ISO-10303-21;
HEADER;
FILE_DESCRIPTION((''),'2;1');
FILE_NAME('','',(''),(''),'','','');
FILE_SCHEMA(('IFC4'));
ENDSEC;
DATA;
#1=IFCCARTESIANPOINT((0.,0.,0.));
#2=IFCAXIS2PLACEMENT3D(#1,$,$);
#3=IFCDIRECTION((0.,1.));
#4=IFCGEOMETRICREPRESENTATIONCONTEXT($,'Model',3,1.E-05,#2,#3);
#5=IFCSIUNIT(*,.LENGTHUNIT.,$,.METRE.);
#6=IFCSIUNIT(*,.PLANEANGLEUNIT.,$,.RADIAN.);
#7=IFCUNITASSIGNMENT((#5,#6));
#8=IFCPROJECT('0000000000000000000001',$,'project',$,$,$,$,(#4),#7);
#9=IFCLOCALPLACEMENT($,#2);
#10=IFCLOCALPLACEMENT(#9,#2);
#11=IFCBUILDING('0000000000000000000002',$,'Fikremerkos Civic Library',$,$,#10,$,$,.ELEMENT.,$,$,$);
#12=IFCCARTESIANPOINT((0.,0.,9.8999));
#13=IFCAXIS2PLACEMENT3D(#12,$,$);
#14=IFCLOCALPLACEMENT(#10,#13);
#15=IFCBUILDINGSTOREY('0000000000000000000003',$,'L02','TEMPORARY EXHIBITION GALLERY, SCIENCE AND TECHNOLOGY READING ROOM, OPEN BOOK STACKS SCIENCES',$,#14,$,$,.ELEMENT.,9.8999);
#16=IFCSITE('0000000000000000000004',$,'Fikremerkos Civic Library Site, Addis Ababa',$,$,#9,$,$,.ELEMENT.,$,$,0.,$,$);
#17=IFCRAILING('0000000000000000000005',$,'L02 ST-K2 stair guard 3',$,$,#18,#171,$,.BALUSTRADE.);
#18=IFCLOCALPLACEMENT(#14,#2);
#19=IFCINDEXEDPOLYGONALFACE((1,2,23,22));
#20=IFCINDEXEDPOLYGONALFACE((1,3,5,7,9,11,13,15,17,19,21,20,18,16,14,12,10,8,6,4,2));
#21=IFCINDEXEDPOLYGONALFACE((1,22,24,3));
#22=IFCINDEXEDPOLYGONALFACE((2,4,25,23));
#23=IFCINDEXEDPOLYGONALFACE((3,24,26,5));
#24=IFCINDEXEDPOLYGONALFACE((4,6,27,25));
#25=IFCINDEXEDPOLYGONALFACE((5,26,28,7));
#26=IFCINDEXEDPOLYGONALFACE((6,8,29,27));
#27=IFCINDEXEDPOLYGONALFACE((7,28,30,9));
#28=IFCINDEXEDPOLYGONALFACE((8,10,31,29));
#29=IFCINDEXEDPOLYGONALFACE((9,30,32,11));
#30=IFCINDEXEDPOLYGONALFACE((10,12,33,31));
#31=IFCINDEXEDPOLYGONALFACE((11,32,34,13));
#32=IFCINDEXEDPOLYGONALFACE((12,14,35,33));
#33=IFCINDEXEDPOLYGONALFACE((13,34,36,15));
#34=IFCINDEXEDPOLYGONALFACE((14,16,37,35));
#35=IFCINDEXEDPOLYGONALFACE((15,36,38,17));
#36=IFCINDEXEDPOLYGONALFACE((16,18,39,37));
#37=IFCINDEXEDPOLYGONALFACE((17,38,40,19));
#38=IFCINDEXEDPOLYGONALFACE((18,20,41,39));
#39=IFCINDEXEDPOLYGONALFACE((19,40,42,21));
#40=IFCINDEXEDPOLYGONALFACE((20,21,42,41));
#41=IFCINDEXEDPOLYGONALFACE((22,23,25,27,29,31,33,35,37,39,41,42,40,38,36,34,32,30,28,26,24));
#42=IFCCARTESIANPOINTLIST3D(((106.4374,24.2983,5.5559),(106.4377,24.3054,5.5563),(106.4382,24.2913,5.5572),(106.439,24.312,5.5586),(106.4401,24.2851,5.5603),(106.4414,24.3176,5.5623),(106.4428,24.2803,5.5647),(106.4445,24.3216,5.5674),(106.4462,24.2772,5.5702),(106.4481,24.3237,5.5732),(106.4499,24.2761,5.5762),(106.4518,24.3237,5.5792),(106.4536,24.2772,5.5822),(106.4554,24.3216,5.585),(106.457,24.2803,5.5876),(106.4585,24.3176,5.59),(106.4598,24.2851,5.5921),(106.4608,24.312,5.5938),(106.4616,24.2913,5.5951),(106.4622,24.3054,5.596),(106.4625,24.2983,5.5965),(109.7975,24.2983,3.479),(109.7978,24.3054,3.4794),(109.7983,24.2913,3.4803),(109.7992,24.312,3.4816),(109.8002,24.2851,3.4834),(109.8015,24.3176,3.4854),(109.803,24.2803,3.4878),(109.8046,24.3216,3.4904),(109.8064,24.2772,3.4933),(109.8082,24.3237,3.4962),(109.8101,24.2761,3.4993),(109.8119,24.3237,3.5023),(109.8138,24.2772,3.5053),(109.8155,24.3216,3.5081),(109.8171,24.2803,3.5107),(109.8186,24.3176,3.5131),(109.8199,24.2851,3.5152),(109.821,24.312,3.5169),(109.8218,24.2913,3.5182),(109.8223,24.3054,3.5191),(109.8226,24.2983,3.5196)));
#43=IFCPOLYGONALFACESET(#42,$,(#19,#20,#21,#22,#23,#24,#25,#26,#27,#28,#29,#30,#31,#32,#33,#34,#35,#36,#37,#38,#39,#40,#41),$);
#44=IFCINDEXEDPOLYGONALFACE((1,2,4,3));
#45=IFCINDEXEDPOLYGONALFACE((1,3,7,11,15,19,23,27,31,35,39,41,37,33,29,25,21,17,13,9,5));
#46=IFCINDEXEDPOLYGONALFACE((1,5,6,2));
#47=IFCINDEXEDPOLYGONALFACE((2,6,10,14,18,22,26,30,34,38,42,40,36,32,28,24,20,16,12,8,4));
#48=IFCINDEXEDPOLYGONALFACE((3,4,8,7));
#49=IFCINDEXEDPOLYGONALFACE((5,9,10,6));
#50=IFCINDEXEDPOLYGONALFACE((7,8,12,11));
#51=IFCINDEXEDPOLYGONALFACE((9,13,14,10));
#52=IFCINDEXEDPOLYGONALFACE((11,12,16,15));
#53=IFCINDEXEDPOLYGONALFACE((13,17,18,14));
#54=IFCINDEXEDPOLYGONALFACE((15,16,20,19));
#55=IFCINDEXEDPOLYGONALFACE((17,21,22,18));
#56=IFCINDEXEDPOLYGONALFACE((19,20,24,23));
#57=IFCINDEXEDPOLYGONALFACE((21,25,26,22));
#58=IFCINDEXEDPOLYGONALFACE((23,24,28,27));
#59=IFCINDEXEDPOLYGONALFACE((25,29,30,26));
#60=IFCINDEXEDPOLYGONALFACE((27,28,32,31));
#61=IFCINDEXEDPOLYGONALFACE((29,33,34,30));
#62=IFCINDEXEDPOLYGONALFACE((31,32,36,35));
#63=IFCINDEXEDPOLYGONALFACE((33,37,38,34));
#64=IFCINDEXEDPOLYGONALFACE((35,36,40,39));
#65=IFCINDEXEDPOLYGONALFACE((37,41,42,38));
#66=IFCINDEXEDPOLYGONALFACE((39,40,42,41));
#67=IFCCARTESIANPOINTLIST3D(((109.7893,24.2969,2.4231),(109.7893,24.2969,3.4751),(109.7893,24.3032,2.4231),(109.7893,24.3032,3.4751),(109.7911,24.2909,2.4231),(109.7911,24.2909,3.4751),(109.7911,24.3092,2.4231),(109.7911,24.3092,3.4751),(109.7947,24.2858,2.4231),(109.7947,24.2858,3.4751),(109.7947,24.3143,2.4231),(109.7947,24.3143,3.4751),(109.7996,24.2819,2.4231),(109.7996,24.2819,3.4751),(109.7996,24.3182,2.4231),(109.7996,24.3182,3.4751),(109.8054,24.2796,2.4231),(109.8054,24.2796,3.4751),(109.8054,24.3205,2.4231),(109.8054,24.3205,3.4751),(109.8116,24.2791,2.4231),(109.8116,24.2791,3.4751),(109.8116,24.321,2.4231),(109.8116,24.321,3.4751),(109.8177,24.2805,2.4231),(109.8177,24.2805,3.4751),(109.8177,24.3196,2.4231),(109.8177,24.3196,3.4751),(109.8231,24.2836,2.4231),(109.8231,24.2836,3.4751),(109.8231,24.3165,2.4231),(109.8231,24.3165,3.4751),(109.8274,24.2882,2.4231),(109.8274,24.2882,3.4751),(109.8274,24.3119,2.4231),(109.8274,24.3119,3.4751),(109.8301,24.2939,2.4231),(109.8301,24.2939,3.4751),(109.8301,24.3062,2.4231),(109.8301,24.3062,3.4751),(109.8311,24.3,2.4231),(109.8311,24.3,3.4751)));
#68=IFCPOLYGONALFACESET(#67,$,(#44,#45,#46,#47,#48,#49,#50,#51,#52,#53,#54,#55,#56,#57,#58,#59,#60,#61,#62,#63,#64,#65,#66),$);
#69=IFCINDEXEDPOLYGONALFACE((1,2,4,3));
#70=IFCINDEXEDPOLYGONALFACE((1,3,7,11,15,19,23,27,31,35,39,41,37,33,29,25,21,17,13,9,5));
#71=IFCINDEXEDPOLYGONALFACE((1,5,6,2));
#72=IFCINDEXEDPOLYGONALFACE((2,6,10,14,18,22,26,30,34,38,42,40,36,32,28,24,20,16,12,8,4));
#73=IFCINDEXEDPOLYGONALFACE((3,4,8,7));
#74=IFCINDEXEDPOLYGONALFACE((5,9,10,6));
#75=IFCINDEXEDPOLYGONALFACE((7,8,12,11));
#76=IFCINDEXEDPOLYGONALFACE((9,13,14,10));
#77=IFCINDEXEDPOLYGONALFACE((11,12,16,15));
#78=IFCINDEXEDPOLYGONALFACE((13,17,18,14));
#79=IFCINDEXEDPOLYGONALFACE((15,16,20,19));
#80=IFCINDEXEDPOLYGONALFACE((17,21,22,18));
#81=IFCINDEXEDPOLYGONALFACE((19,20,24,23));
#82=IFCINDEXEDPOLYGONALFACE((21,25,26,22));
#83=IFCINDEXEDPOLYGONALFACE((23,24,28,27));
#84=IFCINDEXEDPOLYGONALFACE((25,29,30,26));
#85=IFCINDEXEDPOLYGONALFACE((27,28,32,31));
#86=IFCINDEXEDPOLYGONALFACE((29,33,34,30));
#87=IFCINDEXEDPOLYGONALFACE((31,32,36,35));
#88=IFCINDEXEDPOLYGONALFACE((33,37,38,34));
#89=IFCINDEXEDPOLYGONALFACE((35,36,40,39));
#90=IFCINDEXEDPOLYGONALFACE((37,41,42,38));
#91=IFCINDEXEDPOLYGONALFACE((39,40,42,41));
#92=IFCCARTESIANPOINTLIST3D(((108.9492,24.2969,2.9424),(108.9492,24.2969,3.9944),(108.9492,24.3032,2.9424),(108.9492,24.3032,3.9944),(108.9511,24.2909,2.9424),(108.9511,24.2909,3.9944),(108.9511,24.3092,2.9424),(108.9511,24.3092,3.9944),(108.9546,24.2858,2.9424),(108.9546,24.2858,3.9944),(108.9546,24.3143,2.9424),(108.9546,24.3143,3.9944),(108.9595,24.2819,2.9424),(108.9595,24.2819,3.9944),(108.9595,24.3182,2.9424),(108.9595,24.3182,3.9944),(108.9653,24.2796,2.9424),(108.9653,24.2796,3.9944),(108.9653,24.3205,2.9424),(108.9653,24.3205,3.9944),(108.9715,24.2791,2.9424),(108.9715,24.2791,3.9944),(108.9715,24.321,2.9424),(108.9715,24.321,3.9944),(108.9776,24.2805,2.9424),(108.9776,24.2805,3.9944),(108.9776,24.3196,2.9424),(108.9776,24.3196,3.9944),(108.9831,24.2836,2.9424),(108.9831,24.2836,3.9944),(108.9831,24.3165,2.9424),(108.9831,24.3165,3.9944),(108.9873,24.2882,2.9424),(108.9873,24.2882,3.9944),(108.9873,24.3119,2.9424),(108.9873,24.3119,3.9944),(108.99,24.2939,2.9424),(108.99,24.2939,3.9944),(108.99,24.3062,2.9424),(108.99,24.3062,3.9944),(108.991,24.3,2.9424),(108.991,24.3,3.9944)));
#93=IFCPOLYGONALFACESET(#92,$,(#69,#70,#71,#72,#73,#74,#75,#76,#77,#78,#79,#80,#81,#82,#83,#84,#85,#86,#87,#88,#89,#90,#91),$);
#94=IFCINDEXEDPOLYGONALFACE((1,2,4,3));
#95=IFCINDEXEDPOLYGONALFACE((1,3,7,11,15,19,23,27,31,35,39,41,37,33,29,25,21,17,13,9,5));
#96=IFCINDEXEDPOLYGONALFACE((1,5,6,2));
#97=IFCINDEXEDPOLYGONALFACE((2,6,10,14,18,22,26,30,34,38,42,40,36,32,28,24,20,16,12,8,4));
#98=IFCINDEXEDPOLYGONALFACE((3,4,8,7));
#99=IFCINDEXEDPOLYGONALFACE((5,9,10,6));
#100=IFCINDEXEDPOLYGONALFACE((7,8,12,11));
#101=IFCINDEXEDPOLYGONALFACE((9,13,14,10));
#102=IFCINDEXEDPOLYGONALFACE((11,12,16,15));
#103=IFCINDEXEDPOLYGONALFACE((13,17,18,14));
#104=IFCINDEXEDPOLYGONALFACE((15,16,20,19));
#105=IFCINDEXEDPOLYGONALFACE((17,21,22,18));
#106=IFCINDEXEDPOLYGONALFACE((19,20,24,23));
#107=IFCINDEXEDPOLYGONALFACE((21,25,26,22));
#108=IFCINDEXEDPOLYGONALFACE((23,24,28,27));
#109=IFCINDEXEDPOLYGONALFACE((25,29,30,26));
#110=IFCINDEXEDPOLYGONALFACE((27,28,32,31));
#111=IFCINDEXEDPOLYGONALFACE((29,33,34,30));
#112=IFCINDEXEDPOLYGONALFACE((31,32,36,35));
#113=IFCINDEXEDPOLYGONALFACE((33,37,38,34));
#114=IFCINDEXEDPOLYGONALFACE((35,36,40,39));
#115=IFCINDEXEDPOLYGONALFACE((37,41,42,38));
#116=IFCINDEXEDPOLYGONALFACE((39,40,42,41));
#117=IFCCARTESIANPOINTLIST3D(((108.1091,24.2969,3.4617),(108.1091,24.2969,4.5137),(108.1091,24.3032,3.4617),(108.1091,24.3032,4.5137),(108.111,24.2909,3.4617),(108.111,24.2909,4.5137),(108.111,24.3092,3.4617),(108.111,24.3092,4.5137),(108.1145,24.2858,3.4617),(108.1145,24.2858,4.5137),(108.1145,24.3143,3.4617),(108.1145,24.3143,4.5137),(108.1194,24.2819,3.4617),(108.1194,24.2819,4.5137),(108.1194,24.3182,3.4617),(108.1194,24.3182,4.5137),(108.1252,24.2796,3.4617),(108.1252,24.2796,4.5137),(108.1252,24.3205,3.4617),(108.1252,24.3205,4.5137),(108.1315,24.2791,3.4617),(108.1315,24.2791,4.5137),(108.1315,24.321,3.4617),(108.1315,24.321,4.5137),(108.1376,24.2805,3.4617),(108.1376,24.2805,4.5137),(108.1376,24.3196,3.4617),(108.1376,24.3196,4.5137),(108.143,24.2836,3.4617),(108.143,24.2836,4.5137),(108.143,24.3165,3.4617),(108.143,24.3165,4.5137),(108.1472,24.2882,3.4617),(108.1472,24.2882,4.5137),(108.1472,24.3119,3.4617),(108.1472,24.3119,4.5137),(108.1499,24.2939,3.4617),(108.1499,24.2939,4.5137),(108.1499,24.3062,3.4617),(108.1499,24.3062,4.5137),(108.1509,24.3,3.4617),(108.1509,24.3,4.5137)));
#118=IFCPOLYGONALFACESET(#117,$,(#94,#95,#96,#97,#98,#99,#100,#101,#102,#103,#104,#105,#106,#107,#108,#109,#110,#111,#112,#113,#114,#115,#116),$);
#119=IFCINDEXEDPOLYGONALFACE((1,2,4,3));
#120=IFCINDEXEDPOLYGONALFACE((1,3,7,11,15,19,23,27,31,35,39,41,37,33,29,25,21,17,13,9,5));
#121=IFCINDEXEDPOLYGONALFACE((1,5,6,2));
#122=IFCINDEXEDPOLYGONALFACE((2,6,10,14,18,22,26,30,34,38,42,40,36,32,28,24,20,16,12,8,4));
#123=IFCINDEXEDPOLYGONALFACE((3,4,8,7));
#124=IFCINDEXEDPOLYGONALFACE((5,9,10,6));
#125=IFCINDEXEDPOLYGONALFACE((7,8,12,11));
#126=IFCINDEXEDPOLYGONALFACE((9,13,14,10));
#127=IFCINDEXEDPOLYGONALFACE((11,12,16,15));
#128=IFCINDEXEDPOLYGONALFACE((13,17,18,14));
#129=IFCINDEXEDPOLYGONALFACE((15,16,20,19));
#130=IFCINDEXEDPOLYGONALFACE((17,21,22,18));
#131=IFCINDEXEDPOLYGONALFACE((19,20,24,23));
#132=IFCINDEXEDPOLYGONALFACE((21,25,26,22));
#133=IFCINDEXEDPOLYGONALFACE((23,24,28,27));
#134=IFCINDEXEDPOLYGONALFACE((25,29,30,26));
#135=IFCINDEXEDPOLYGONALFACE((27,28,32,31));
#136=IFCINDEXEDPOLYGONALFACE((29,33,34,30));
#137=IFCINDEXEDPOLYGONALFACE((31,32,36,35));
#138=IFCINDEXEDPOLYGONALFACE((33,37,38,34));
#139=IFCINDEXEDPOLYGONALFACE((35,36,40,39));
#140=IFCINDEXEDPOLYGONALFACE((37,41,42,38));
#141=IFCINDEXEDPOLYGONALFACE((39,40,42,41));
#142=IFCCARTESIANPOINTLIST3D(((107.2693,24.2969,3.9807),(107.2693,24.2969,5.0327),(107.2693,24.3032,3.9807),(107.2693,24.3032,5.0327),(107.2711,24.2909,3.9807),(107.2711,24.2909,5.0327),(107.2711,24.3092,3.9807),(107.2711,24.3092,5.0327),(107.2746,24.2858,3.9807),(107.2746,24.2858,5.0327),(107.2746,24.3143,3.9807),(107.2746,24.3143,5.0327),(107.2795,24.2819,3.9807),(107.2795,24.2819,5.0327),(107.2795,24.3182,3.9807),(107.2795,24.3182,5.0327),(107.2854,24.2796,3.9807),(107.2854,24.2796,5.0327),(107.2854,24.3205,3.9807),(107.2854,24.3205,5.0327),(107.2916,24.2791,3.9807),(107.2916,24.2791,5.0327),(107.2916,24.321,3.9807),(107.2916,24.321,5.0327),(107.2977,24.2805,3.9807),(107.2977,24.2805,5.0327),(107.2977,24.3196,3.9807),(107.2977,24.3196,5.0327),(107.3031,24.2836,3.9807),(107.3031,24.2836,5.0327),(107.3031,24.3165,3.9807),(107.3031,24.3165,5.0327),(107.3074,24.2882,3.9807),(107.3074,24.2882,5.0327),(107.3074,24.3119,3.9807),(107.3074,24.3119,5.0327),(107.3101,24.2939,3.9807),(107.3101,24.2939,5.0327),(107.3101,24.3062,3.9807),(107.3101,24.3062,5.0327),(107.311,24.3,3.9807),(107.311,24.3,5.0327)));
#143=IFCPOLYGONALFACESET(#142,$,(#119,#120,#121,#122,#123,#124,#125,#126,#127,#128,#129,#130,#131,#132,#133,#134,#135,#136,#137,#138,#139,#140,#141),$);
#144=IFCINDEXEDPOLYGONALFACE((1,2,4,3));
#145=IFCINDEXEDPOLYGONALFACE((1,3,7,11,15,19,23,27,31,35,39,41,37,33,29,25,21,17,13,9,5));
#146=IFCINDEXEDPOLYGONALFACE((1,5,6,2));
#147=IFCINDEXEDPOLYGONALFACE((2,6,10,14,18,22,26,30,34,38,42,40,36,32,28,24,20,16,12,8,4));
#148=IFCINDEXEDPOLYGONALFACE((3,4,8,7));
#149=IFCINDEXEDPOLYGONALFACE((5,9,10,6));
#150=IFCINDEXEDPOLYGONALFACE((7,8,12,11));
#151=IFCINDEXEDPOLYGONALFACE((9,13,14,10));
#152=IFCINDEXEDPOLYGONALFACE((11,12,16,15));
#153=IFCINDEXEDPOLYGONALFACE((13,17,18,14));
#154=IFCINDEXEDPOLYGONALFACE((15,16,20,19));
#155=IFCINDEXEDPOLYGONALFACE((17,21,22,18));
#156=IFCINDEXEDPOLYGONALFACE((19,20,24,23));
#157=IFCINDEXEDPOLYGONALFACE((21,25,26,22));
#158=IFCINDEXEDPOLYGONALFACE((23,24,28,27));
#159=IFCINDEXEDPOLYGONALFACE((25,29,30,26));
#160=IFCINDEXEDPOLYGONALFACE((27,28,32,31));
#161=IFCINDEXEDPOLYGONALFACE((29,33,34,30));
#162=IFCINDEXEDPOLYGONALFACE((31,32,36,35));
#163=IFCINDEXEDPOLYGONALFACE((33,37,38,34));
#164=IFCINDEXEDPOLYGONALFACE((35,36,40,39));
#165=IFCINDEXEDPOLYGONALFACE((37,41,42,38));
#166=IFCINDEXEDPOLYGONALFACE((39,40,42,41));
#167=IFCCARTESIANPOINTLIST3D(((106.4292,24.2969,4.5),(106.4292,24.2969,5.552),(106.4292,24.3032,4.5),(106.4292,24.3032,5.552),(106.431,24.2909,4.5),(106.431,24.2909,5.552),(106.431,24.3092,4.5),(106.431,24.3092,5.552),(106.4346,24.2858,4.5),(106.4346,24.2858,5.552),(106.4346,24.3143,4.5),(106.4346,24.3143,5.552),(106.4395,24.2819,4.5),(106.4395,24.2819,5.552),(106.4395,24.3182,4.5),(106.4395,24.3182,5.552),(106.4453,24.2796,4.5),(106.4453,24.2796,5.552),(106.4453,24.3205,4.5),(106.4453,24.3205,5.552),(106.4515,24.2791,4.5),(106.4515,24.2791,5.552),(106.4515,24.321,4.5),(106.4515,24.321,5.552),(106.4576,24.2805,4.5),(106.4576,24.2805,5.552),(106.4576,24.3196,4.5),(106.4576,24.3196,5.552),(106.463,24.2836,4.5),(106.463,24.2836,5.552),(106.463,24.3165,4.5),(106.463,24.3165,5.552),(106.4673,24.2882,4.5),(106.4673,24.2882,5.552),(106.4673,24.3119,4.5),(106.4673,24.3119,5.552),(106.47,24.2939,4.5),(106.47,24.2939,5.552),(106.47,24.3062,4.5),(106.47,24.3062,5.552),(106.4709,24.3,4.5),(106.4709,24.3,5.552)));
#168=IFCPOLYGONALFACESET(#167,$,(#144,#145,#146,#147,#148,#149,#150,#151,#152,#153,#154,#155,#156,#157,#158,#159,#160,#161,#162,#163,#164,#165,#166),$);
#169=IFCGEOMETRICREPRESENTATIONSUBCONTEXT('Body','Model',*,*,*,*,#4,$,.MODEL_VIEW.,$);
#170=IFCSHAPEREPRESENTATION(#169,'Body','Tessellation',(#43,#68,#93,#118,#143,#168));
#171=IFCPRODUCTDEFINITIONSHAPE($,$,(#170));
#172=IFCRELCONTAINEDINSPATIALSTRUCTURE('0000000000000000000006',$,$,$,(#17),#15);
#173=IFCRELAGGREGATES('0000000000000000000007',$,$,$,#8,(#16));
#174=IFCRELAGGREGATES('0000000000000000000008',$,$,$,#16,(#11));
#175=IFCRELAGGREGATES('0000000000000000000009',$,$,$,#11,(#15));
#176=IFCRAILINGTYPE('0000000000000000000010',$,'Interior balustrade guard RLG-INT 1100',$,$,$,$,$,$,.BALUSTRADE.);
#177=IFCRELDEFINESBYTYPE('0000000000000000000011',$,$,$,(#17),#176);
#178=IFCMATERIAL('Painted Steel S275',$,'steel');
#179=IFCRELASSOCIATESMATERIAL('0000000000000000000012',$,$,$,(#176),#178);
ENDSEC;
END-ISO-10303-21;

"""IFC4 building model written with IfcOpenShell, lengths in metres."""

from ifc_helpers import new_model, si_unit, direction, frame, origin, origin_2d, place, context, subcontext, project, spatial, circle, extrude, material, type_object, element, save


model = new_model("IFC4")

# Units and contexts
model_context = context("Model", 3, precision=1e-05, world=origin(), true_north=direction((0.0, 1.0)))
body_context = subcontext(model_context, "Body", "Model", "MODEL_VIEW")
ifc_project = project(units=[si_unit("LENGTHUNIT", "METRE"), si_unit("PLANEANGLEUNIT", "RADIAN")], contexts=[model_context])

# Site, building, storey
site_placement = place(None, origin())
site = spatial("IfcSite", under=ifc_project, at=site_placement, Name="Fikremerkos Civic Library Site, Addis Ababa", CompositionType="ELEMENT", RefElevation=0.0)
building_placement = place(site_placement, origin())
building = spatial("IfcBuilding", under=site, at=building_placement, Name="Fikremerkos Civic Library", CompositionType="ELEMENT")
storey_placement = place(building_placement, frame((0.0, 0.0, 9.8999)))
storey = spatial("IfcBuildingStorey", under=building, at=storey_placement, Name="L02", Description="TEMPORARY EXHIBITION GALLERY, SCIENCE AND TECHNOLOGY READING ROOM, OPEN BOOK STACKS SCIENCES", CompositionType="ELEMENT", Elevation=9.8999)

# Railing
ifc_material_1 = material(Name="Painted Steel S275", Category="steel")
railing_type_1 = type_object("IfcRailingType", Name="Interior balustrade guard RLG-INT 1100", PredefinedType="BALUSTRADE", material=ifc_material_1)
railing_1_placement = place(storey_placement, frame((109.8101, 24.3, 2.4231)))
element("IfcRailing", 1, at=railing_1_placement, inside=storey, type_object=railing_type_1, Name="L02 ST-K2 stair guard 3", PredefinedType="BALUSTRADE", context=body_context, shape_type="SweptSolid", body=[
    extrude(circle(Radius=0.0239, at=origin_2d()), frame((0.0, 0.0, 1.0762), z_axis=(-0.850623, 0.0, 0.525776), x_axis=(0.0, -1.0, 0.0)), (0.0, 0.0, 1.0), 3.9502),
    extrude(circle(Radius=0.021, at=origin_2d()), origin(), (0.0, 0.0, 1.0), 1.052),
    extrude(circle(Radius=0.021, at=origin_2d()), frame((-0.8401, 0.0, 0.5193)), (0.0, 0.0, 1.0), 1.052),
    extrude(circle(Radius=0.021, at=origin_2d()), frame((-1.6802, 0.0, 1.0386)), (0.0, 0.0, 1.0), 1.052),
    extrude(circle(Radius=0.021, at=origin_2d()), frame((-2.52, 0.0, 1.5576)), (0.0, 0.0, 1.0), 1.052),
    extrude(circle(Radius=0.021, at=origin_2d()), frame((-3.3601, 0.0, 2.0769)), (0.0, 0.0, 1.0), 1.052),
])

save(model, "model.ifc")
